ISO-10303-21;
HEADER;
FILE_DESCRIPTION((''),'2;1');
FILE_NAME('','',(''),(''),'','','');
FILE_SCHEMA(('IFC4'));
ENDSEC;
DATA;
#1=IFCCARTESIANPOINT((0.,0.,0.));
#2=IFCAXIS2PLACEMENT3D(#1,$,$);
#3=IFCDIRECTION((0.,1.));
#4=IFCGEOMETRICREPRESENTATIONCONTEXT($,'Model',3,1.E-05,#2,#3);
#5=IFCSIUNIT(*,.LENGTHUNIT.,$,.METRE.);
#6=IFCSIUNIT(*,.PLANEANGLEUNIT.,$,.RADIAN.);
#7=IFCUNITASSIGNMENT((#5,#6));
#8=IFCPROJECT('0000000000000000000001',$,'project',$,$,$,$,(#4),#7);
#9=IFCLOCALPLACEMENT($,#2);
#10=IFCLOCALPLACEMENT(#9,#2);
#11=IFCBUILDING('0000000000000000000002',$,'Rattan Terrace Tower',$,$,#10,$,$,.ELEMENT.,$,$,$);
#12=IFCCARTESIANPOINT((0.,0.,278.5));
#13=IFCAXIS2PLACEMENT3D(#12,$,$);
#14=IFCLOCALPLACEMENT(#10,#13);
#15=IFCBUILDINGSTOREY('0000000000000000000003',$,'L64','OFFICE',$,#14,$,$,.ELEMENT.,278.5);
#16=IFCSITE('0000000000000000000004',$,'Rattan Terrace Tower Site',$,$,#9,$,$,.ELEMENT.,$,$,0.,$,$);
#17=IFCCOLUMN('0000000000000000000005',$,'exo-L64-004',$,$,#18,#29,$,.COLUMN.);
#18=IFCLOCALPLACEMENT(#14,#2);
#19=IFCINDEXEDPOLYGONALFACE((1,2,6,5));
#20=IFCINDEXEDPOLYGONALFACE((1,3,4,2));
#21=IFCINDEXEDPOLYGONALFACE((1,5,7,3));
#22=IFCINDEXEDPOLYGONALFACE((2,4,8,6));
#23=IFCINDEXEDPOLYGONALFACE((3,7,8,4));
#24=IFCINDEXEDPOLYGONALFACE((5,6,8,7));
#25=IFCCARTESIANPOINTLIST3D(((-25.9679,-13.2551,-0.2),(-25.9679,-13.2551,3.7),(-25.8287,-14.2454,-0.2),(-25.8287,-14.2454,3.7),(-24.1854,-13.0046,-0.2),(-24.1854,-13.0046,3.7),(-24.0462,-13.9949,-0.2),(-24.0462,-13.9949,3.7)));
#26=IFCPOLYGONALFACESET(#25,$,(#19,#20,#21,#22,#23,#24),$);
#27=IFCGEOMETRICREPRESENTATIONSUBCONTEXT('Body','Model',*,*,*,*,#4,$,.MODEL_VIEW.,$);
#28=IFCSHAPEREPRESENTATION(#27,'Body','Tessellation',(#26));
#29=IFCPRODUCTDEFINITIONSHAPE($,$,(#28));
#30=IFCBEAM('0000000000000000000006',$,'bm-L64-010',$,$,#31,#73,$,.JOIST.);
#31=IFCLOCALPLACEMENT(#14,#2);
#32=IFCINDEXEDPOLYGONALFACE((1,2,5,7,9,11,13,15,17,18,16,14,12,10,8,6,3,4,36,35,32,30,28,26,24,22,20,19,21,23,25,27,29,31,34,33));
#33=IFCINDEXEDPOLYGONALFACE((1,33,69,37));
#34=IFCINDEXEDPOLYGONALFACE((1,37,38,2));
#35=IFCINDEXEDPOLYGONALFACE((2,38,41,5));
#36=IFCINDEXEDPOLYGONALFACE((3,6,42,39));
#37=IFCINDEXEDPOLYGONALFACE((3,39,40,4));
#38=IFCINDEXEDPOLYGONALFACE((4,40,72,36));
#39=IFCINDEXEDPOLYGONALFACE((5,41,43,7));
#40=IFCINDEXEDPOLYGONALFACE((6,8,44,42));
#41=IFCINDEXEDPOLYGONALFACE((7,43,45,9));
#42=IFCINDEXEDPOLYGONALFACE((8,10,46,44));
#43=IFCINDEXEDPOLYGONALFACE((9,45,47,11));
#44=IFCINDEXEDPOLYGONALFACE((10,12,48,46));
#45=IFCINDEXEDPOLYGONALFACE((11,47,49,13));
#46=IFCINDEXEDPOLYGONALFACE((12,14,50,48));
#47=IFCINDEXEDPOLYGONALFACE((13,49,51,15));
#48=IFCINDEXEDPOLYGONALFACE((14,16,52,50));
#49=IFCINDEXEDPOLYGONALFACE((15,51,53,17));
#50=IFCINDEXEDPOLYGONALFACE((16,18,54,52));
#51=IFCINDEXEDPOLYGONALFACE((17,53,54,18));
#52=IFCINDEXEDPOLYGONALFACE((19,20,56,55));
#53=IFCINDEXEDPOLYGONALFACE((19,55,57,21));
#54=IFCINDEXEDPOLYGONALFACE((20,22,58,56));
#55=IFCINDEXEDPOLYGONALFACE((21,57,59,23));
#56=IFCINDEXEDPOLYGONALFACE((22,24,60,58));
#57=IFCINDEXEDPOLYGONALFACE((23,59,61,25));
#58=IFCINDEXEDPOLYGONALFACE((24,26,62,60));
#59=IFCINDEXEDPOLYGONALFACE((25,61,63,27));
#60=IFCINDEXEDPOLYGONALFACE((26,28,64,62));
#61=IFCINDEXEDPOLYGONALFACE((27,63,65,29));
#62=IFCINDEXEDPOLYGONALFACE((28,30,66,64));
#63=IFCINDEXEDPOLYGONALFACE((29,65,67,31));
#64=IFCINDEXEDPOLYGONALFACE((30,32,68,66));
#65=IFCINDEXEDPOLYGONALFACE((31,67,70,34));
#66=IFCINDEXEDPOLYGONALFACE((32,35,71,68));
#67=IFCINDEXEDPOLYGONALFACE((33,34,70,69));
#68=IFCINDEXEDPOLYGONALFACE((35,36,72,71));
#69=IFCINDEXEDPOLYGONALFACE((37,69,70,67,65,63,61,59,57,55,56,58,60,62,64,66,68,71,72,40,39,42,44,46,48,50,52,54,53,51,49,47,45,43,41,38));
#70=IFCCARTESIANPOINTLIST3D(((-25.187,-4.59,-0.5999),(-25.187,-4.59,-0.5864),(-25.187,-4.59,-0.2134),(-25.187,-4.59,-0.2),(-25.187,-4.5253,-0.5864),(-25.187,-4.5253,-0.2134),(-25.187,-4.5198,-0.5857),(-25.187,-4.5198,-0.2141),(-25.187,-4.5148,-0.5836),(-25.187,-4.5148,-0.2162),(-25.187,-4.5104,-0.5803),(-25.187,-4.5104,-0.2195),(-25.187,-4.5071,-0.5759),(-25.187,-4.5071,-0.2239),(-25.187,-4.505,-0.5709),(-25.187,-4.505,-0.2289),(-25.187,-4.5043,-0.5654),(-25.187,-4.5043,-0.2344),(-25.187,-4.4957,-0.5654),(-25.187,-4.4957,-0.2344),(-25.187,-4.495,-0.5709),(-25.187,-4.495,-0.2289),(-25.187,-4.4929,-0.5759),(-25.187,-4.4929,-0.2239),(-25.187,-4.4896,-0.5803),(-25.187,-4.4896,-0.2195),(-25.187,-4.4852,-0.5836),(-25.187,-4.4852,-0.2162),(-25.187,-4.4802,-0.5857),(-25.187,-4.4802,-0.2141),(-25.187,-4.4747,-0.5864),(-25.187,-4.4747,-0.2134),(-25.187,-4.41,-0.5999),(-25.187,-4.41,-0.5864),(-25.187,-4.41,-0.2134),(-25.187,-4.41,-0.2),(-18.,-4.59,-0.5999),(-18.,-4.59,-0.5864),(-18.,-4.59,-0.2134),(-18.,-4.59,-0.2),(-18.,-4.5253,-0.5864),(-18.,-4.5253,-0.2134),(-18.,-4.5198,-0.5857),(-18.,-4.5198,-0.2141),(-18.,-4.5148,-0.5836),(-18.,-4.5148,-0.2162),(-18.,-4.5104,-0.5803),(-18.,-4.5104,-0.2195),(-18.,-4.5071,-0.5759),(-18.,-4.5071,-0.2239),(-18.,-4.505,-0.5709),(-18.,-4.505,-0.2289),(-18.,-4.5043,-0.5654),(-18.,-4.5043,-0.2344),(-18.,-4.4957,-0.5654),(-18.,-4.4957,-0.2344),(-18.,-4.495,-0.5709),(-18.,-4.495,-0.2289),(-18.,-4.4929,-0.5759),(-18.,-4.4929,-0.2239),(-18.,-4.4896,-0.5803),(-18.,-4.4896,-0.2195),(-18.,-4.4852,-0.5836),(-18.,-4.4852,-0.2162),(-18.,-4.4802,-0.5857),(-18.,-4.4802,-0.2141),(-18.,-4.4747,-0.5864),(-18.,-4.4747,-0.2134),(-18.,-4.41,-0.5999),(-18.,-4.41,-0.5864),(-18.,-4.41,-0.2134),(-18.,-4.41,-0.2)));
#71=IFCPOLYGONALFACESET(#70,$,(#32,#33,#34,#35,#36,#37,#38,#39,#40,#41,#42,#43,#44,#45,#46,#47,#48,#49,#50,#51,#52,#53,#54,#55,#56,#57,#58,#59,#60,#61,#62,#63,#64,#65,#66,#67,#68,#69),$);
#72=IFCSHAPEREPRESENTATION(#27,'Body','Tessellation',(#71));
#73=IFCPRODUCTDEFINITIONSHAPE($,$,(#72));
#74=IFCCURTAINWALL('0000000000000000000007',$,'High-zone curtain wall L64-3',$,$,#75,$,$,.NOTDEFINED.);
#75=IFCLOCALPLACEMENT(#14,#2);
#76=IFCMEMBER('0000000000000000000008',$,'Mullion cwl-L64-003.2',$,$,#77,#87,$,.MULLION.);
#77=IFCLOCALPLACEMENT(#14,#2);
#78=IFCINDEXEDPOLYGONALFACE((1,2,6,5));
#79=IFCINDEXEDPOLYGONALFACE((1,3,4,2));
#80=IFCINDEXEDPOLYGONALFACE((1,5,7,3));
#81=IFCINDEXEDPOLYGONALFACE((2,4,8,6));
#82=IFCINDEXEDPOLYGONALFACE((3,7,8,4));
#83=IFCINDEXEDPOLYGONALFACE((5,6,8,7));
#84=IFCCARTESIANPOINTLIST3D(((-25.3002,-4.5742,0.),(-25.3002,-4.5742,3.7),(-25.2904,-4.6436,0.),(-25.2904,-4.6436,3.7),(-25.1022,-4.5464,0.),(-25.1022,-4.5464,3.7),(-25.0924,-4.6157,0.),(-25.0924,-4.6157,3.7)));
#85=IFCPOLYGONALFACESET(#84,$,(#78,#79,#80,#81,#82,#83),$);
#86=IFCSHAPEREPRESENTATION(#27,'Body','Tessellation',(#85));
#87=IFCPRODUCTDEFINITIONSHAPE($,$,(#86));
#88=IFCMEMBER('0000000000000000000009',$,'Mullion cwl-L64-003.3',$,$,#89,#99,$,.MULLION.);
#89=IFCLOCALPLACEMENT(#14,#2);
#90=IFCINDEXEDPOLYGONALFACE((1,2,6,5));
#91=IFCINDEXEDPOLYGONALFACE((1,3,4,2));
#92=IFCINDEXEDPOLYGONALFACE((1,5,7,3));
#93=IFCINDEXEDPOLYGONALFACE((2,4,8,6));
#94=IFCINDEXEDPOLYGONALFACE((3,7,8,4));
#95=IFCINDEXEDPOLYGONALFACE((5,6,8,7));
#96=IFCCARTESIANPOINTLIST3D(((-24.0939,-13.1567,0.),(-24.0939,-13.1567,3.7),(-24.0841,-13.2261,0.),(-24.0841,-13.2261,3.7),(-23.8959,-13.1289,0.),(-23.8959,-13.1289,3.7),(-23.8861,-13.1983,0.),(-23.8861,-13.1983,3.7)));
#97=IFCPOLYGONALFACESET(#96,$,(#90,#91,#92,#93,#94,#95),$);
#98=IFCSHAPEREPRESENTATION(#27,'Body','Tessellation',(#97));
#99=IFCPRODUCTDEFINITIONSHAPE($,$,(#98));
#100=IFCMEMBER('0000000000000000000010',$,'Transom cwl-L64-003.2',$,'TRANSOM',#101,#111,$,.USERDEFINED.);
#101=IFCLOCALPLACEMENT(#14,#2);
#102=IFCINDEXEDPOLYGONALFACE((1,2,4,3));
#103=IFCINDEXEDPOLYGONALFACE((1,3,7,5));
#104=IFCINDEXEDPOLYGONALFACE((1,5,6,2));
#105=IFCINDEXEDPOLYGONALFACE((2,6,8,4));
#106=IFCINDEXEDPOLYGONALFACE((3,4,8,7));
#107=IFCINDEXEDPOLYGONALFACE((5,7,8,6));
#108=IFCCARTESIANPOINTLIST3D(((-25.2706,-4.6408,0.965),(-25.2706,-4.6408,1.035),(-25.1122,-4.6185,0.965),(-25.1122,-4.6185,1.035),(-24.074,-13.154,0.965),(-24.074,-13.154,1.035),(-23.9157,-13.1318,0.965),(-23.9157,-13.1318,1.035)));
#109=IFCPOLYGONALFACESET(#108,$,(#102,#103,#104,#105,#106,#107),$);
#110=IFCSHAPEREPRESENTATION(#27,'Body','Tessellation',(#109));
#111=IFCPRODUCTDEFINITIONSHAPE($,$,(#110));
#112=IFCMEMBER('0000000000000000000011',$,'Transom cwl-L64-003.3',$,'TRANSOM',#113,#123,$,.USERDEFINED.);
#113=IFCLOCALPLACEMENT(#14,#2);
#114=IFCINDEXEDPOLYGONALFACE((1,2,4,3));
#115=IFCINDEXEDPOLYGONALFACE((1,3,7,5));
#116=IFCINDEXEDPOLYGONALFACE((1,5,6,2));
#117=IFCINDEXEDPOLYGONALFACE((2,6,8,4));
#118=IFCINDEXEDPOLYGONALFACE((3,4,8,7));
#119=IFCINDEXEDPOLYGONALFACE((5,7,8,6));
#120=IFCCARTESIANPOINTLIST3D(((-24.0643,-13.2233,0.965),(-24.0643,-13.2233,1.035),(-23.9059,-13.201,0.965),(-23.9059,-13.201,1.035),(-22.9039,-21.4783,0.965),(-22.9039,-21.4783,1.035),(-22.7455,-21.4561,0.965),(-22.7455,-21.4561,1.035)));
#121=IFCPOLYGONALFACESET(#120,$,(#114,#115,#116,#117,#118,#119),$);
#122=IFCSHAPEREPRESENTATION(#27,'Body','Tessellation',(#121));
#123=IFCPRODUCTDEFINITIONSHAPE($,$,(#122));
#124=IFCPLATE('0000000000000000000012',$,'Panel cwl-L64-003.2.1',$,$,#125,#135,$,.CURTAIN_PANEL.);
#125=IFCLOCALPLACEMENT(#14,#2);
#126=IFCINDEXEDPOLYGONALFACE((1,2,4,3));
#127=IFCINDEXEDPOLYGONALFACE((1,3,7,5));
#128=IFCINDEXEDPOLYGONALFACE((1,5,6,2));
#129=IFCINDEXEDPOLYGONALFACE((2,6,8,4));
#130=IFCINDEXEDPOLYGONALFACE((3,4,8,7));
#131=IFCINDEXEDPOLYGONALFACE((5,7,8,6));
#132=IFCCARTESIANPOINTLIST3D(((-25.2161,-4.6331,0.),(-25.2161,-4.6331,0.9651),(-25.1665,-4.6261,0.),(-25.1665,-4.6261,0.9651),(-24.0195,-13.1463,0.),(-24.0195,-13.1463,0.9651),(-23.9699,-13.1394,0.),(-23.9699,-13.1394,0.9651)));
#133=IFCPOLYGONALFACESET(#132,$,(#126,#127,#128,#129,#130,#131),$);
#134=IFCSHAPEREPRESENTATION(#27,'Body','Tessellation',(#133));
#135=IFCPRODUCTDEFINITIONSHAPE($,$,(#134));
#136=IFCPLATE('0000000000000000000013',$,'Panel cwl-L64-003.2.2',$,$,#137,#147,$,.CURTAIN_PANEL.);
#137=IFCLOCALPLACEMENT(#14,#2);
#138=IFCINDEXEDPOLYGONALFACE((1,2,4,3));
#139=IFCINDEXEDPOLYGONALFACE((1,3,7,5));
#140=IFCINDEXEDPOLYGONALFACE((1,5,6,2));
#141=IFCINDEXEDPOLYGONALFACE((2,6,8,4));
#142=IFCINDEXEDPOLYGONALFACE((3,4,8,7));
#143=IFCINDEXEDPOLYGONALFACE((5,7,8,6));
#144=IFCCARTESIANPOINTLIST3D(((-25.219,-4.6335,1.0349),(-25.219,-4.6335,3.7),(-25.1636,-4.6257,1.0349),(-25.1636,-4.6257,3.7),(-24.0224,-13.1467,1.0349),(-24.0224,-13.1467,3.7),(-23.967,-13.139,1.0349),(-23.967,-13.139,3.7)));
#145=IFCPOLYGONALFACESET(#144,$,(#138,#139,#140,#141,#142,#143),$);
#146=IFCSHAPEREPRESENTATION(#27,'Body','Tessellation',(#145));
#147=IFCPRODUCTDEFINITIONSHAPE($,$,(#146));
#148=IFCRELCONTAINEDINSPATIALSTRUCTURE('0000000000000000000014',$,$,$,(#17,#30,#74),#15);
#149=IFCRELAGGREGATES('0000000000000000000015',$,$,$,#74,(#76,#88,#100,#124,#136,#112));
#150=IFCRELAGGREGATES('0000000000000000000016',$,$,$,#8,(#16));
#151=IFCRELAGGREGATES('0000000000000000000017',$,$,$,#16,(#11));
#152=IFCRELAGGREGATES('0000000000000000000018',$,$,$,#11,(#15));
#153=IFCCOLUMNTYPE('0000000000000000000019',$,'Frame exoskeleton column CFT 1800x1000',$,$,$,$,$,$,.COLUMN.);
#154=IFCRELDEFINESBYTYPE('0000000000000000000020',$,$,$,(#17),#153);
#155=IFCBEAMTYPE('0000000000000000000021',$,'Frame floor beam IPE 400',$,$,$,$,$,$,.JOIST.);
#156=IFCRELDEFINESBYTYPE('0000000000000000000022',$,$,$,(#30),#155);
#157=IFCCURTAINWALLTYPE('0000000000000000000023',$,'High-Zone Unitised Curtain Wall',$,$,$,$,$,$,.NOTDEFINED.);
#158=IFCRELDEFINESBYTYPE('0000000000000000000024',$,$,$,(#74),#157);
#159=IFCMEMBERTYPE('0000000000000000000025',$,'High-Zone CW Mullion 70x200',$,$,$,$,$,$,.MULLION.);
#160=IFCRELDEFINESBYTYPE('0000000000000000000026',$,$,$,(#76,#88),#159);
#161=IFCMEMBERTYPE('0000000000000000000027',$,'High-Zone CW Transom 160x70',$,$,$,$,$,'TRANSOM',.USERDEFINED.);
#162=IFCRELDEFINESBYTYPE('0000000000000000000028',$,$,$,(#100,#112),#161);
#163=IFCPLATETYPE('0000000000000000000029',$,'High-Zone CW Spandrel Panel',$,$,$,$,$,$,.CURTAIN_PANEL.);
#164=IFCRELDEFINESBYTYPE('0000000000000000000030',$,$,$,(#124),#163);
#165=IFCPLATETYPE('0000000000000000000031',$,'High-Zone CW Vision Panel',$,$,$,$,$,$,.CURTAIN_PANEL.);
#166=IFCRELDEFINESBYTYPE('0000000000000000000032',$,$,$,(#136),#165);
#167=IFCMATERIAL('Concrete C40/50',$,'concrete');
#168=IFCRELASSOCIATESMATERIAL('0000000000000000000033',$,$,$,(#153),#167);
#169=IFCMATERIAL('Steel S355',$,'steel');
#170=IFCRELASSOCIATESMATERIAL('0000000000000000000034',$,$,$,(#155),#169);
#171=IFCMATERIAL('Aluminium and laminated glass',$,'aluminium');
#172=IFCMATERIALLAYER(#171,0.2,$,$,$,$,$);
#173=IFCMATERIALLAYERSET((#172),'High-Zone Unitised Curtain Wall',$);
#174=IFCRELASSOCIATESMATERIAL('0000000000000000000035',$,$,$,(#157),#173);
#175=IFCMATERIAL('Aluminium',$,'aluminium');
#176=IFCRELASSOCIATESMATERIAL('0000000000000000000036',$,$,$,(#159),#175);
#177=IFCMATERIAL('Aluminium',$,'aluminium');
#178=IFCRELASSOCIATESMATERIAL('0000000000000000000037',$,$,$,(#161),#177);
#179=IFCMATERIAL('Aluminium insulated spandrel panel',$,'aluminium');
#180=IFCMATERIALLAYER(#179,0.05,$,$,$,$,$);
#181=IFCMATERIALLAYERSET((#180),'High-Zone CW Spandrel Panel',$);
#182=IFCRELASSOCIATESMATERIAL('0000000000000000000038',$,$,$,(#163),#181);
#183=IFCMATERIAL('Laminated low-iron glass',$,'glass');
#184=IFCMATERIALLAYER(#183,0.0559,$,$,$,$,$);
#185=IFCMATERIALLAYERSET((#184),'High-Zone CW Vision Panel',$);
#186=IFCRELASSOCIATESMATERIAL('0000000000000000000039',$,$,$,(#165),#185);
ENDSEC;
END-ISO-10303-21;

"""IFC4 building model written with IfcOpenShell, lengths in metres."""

from ifc_helpers import new_model, si_unit, direction, frame, origin, origin_2d, place, context, subcontext, project, spatial, rectangle, i_section, extrude, material, layer, layer_set, material_profile, profile_set, type_object, element, aggregate, save


model = new_model("IFC4")

# Units and contexts
model_context = context("Model", 3, precision=1e-05, world=origin(), true_north=direction((0.0, 1.0)))
body_context = subcontext(model_context, "Body", "Model", "MODEL_VIEW")
ifc_project = project(units=[si_unit("LENGTHUNIT", "METRE"), si_unit("PLANEANGLEUNIT", "RADIAN")], contexts=[model_context])

# Site, building, storey
site_placement = place(None, origin())
site = spatial("IfcSite", under=ifc_project, at=site_placement, Name="Rattan Terrace Tower Site", CompositionType="ELEMENT", RefElevation=0.0)
building_placement = place(site_placement, origin())
building = spatial("IfcBuilding", under=site, at=building_placement, Name="Rattan Terrace Tower", CompositionType="ELEMENT")
storey_placement = place(building_placement, frame((0.0, 0.0, 278.5)))
storey = spatial("IfcBuildingStorey", under=building, at=storey_placement, Name="L64", Description="OFFICE", CompositionType="ELEMENT", Elevation=278.5)

# Column
ifc_material_1 = material(Name="Concrete C40/50", Category="concrete")
ifc_material_profile_1 = material_profile(ifc_material_1, rectangle(XDim=1.0, YDim=1.8, at=origin_2d()), Name="CFT 1800x1000")
ifc_profile_set_1 = profile_set([ifc_material_profile_1], Name="Concrete C40/50")
column_type = type_object("IfcColumnType", Name="Frame exoskeleton column CFT 1800x1000", PredefinedType="COLUMN", material=ifc_profile_set_1)
column_placement = place(storey_placement, frame((-25.0071, -13.625, -0.2), z_axis=(0.0, 0.0, 1.0), x_axis=(-0.13919, 0.990266, 0.0)))
element("IfcColumn", 1, at=column_placement, inside=storey, type_object=column_type, Name="exo-L64-004", PredefinedType="COLUMN", context=body_context, shape_type="SweptSolid", body=[
    extrude(rectangle(XDim=1.0, YDim=1.8, at=origin_2d()), origin(), (0.0, 0.0, 1.0), 3.8999),
])

# Beam
ifc_material_2 = material(Name="Steel S355", Category="steel")
ifc_material_profile_2 = material_profile(ifc_material_2, i_section(OverallWidth=0.1799, OverallDepth=0.3999, WebThickness=0.0085, FlangeThickness=0.0134, FilletRadius=0.021, at=origin_2d()), Name="IPE 400")
ifc_profile_set_2 = profile_set([ifc_material_profile_2], Name="Steel S355")
beam_type = type_object("IfcBeamType", Name="Frame floor beam IPE 400", PredefinedType="JOIST", material=ifc_profile_set_2)
beam_placement = place(storey_placement, frame((-25.187, -4.5, -0.3999), z_axis=(1.0, 0.0, 0.0), x_axis=(0.0, 1.0, 0.0)))
element("IfcBeam", 2, at=beam_placement, inside=storey, type_object=beam_type, Name="bm-L64-010", PredefinedType="JOIST", context=body_context, shape_type="SweptSolid", body=[
    extrude(i_section(OverallWidth=0.1799, OverallDepth=0.3999, WebThickness=0.0085, FlangeThickness=0.0134, FilletRadius=0.021, at=origin_2d()), origin(), (0.0, 0.0, 1.0), 7.187),
])

# Curtain wall, members, plates
ifc_material_3 = material(Name="Aluminium and laminated glass", Category="aluminium")
ifc_layer_1 = layer(ifc_material_3, 0.2)
ifc_layer_set_1 = layer_set([ifc_layer_1], Name="High-Zone Unitised Curtain Wall")
curtain_wall_type = type_object("IfcCurtainWallType", Name="High-Zone Unitised Curtain Wall", PredefinedType="NOTDEFINED", material=ifc_layer_set_1)
curtain_wall_placement = place(storey_placement, origin())
curtain_wall = element("IfcCurtainWall", 3, at=curtain_wall_placement, inside=storey, type_object=curtain_wall_type, Name="High-zone curtain wall L64-3", PredefinedType="NOTDEFINED")
ifc_material_4 = material(Name="Aluminium", Category="aluminium")
ifc_material_profile_3 = material_profile(ifc_material_4, rectangle(XDim=0.0701, YDim=0.2, at=origin_2d()), Name="Aluminium 70x200")
ifc_profile_set_3 = profile_set([ifc_material_profile_3], Name="Aluminium")
member_type_1 = type_object("IfcMemberType", Name="High-Zone CW Mullion 70x200", PredefinedType="MULLION", material=ifc_profile_set_3)
member_1_placement = place(storey_placement, frame((-25.1963, -4.595, 0.0), z_axis=(0.0, 0.0, 1.0), x_axis=(0.139192, -0.990265, 0.0)))
member_1 = element("IfcMember", 4, at=member_1_placement, type_object=member_type_1, Name="Mullion cwl-L64-003.2", PredefinedType="MULLION", context=body_context, shape_type="SweptSolid", body=[
    extrude(rectangle(XDim=0.0701, YDim=0.2, at=origin_2d()), origin(), (0.0, 0.0, 1.0), 3.7),
])
member_2_placement = place(storey_placement, frame((-23.99, -13.1775, 0.0), z_axis=(0.0, 0.0, 1.0), x_axis=(0.139192, -0.990265, 0.0)))
member_2 = element("IfcMember", 5, at=member_2_placement, type_object=member_type_1, Name="Mullion cwl-L64-003.3", PredefinedType="MULLION", context=body_context, shape_type="SweptSolid", body=[
    extrude(rectangle(XDim=0.0701, YDim=0.2, at=origin_2d()), origin(), (0.0, 0.0, 1.0), 3.7),
])
ifc_material_5 = material(Name="Aluminium", Category="aluminium")
ifc_material_profile_4 = material_profile(ifc_material_5, rectangle(XDim=0.1599, YDim=0.0701, at=origin_2d()), Name="Aluminium 160x70")
ifc_profile_set_4 = profile_set([ifc_material_profile_4], Name="Aluminium")
member_type_2 = type_object("IfcMemberType", Name="High-Zone CW Transom 160x70", ElementType="TRANSOM", PredefinedType="USERDEFINED", material=ifc_profile_set_4)
member_3_placement = place(storey_placement, frame((-25.1914, -4.6296, 1.0), z_axis=(0.139183, -0.990267, 0.0), x_axis=(0.990267, 0.139183, 0.0)))
member_3 = element("IfcMember", 6, at=member_3_placement, type_object=member_type_2, Name="Transom cwl-L64-003.2", ObjectType="TRANSOM", PredefinedType="USERDEFINED", context=body_context, shape_type="SweptSolid", body=[
    extrude(rectangle(XDim=0.1599, YDim=0.0701, at=origin_2d()), origin(), (0.0, 0.0, 1.0), 8.5969),
])
member_4_placement = place(storey_placement, frame((-23.9851, -13.2122, 1.0), z_axis=(0.139199, -0.990264, 0.0), x_axis=(0.990264, 0.139199, 0.0)))
member_4 = element("IfcMember", 7, at=member_4_placement, type_object=member_type_2, Name="Transom cwl-L64-003.3", ObjectType="TRANSOM", PredefinedType="USERDEFINED", context=body_context, shape_type="SweptSolid", body=[
    extrude(rectangle(XDim=0.1599, YDim=0.0701, at=origin_2d()), origin(), (0.0, 0.0, 1.0), 8.3362),
])
ifc_material_6 = material(Name="Aluminium insulated spandrel panel", Category="aluminium")
ifc_layer_2 = layer(ifc_material_6, 0.05)
ifc_layer_set_2 = layer_set([ifc_layer_2], Name="High-Zone CW Spandrel Panel")
plate_type_1 = type_object("IfcPlateType", Name="High-Zone CW Spandrel Panel", PredefinedType="CURTAIN_PANEL", material=ifc_layer_set_2)
plate_1_placement = place(storey_placement, frame((-24.593, -8.8862, 0.0), z_axis=(0.0, 0.0, 1.0), x_axis=(0.139192, -0.990265, 0.0)))
plate_1 = element("IfcPlate", 8, at=plate_1_placement, type_object=plate_type_1, Name="Panel cwl-L64-003.2.1", PredefinedType="CURTAIN_PANEL", context=body_context, shape_type="SweptSolid", body=[
    extrude(rectangle(XDim=8.5969, YDim=0.05, at=origin_2d()), origin(), (0.0, 0.0, 1.0), 0.9651),
])
ifc_material_7 = material(Name="Laminated low-iron glass", Category="glass")
ifc_layer_3 = layer(ifc_material_7, 0.0559)
ifc_layer_set_3 = layer_set([ifc_layer_3], Name="High-Zone CW Vision Panel")
plate_type_2 = type_object("IfcPlateType", Name="High-Zone CW Vision Panel", PredefinedType="CURTAIN_PANEL", material=ifc_layer_set_3)
plate_2_placement = place(storey_placement, frame((-24.593, -8.8862, 1.0349), z_axis=(0.0, 0.0, 1.0), x_axis=(0.139192, -0.990265, 0.0)))
plate_2 = element("IfcPlate", 9, at=plate_2_placement, type_object=plate_type_2, Name="Panel cwl-L64-003.2.2", PredefinedType="CURTAIN_PANEL", context=body_context, shape_type="SweptSolid", body=[
    extrude(rectangle(XDim=8.5969, YDim=0.0559, at=origin_2d()), origin(), (0.0, 0.0, 1.0), 2.665),
])
aggregate(curtain_wall, [member_1, member_2, member_3, plate_1, plate_2, member_4])

save(model, "model.ifc")
